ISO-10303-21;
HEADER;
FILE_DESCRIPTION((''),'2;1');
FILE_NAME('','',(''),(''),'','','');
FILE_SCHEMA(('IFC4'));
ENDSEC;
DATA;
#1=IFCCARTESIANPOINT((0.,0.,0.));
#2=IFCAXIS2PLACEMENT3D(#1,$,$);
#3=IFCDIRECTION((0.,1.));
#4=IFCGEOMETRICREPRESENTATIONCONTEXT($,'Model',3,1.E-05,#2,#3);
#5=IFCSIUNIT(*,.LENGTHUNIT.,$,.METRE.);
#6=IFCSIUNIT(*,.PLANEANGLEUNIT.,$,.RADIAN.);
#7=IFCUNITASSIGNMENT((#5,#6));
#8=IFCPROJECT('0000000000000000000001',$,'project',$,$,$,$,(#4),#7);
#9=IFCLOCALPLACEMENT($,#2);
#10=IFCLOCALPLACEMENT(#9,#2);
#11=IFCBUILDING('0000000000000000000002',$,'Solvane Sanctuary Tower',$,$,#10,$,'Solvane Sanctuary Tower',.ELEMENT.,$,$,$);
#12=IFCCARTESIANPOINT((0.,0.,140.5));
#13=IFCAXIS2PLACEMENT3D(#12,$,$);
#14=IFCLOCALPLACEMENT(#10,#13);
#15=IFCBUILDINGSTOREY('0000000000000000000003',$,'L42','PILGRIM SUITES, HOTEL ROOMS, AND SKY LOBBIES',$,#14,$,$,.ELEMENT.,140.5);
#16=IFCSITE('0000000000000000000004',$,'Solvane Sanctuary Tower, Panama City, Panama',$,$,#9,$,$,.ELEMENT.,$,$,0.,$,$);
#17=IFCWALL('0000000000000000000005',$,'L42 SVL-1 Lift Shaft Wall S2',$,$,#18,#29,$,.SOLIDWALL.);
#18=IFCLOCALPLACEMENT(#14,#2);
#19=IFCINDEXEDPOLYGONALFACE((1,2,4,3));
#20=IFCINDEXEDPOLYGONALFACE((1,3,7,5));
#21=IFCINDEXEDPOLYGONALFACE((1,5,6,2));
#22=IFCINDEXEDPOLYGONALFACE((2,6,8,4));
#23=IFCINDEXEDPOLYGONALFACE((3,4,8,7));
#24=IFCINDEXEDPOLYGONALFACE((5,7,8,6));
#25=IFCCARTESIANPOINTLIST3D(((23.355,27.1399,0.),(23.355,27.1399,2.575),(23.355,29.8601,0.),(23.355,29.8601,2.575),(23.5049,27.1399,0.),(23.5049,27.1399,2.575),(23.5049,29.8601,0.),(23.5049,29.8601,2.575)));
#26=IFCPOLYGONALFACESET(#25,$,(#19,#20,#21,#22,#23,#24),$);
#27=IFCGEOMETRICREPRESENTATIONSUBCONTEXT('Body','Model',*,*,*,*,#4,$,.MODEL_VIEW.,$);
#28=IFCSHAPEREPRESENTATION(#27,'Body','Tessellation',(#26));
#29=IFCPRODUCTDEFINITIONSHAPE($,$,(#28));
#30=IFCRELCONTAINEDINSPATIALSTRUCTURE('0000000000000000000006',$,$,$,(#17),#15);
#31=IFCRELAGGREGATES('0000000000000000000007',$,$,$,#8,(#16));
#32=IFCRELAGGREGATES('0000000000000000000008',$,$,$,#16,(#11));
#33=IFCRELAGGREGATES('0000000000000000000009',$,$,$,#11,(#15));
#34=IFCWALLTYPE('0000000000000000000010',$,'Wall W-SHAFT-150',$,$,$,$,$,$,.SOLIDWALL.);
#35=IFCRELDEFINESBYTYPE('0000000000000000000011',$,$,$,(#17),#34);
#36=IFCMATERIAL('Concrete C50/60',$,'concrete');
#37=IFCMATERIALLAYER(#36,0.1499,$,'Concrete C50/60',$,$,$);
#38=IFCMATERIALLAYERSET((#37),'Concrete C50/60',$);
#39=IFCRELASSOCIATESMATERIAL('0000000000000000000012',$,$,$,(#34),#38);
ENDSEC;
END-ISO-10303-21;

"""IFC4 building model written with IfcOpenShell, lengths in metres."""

from ifc_helpers import new_model, si_unit, direction, frame, frame_2d, origin, place, context, subcontext, project, spatial, rectangle, extrude, material, layer, layer_set, type_object, element, save


model = new_model("IFC4")

# Units and contexts
model_context = context("Model", 3, precision=1e-05, world=origin(), true_north=direction((0.0, 1.0)))
body_context = subcontext(model_context, "Body", "Model", "MODEL_VIEW")
ifc_project = project(units=[si_unit("LENGTHUNIT", "METRE"), si_unit("PLANEANGLEUNIT", "RADIAN")], contexts=[model_context])

# Site, building, storey
site_placement = place(None, origin())
site = spatial("IfcSite", under=ifc_project, at=site_placement, Name="Solvane Sanctuary Tower, Panama City, Panama", CompositionType="ELEMENT", RefElevation=0.0)
building_placement = place(site_placement, origin())
building = spatial("IfcBuilding", under=site, at=building_placement, Name="Solvane Sanctuary Tower", LongName="Solvane Sanctuary Tower", CompositionType="ELEMENT")
storey_placement = place(building_placement, frame((0.0, 0.0, 140.5)))
storey = spatial("IfcBuildingStorey", under=building, at=storey_placement, Name="L42", Description="PILGRIM SUITES, HOTEL ROOMS, AND SKY LOBBIES", CompositionType="ELEMENT", Elevation=140.5)

# Shared definitions
ifc_material_1 = material(Name="Concrete C50/60", Category="concrete")

# Shared definitions
ifc_layer_1 = layer(ifc_material_1, 0.1499, Name="Concrete C50/60")
ifc_layer_set_1 = layer_set([ifc_layer_1], Name="Concrete C50/60")
wall_type_1 = type_object("IfcWallType", Name="Wall W-SHAFT-150", PredefinedType="SOLIDWALL", material=ifc_layer_set_1)

# Wall
wall_1_placement = place(storey_placement, frame((23.4299, 27.1399, 0.0), z_axis=(0.0, 0.0, 1.0), x_axis=(0.0, 1.0, 0.0)))
element("IfcWall", 1, at=wall_1_placement, inside=storey, type_object=wall_type_1, Name="L42 SVL-1 Lift Shaft Wall S2", PredefinedType="SOLIDWALL", context=body_context, shape_type="SweptSolid", body=[
    extrude(rectangle(XDim=2.7202, YDim=0.1499, at=frame_2d((1.3601, 0.0))), origin(), (0.0, 0.0, 1.0), 2.575),
])

save(model, "model.ifc")
